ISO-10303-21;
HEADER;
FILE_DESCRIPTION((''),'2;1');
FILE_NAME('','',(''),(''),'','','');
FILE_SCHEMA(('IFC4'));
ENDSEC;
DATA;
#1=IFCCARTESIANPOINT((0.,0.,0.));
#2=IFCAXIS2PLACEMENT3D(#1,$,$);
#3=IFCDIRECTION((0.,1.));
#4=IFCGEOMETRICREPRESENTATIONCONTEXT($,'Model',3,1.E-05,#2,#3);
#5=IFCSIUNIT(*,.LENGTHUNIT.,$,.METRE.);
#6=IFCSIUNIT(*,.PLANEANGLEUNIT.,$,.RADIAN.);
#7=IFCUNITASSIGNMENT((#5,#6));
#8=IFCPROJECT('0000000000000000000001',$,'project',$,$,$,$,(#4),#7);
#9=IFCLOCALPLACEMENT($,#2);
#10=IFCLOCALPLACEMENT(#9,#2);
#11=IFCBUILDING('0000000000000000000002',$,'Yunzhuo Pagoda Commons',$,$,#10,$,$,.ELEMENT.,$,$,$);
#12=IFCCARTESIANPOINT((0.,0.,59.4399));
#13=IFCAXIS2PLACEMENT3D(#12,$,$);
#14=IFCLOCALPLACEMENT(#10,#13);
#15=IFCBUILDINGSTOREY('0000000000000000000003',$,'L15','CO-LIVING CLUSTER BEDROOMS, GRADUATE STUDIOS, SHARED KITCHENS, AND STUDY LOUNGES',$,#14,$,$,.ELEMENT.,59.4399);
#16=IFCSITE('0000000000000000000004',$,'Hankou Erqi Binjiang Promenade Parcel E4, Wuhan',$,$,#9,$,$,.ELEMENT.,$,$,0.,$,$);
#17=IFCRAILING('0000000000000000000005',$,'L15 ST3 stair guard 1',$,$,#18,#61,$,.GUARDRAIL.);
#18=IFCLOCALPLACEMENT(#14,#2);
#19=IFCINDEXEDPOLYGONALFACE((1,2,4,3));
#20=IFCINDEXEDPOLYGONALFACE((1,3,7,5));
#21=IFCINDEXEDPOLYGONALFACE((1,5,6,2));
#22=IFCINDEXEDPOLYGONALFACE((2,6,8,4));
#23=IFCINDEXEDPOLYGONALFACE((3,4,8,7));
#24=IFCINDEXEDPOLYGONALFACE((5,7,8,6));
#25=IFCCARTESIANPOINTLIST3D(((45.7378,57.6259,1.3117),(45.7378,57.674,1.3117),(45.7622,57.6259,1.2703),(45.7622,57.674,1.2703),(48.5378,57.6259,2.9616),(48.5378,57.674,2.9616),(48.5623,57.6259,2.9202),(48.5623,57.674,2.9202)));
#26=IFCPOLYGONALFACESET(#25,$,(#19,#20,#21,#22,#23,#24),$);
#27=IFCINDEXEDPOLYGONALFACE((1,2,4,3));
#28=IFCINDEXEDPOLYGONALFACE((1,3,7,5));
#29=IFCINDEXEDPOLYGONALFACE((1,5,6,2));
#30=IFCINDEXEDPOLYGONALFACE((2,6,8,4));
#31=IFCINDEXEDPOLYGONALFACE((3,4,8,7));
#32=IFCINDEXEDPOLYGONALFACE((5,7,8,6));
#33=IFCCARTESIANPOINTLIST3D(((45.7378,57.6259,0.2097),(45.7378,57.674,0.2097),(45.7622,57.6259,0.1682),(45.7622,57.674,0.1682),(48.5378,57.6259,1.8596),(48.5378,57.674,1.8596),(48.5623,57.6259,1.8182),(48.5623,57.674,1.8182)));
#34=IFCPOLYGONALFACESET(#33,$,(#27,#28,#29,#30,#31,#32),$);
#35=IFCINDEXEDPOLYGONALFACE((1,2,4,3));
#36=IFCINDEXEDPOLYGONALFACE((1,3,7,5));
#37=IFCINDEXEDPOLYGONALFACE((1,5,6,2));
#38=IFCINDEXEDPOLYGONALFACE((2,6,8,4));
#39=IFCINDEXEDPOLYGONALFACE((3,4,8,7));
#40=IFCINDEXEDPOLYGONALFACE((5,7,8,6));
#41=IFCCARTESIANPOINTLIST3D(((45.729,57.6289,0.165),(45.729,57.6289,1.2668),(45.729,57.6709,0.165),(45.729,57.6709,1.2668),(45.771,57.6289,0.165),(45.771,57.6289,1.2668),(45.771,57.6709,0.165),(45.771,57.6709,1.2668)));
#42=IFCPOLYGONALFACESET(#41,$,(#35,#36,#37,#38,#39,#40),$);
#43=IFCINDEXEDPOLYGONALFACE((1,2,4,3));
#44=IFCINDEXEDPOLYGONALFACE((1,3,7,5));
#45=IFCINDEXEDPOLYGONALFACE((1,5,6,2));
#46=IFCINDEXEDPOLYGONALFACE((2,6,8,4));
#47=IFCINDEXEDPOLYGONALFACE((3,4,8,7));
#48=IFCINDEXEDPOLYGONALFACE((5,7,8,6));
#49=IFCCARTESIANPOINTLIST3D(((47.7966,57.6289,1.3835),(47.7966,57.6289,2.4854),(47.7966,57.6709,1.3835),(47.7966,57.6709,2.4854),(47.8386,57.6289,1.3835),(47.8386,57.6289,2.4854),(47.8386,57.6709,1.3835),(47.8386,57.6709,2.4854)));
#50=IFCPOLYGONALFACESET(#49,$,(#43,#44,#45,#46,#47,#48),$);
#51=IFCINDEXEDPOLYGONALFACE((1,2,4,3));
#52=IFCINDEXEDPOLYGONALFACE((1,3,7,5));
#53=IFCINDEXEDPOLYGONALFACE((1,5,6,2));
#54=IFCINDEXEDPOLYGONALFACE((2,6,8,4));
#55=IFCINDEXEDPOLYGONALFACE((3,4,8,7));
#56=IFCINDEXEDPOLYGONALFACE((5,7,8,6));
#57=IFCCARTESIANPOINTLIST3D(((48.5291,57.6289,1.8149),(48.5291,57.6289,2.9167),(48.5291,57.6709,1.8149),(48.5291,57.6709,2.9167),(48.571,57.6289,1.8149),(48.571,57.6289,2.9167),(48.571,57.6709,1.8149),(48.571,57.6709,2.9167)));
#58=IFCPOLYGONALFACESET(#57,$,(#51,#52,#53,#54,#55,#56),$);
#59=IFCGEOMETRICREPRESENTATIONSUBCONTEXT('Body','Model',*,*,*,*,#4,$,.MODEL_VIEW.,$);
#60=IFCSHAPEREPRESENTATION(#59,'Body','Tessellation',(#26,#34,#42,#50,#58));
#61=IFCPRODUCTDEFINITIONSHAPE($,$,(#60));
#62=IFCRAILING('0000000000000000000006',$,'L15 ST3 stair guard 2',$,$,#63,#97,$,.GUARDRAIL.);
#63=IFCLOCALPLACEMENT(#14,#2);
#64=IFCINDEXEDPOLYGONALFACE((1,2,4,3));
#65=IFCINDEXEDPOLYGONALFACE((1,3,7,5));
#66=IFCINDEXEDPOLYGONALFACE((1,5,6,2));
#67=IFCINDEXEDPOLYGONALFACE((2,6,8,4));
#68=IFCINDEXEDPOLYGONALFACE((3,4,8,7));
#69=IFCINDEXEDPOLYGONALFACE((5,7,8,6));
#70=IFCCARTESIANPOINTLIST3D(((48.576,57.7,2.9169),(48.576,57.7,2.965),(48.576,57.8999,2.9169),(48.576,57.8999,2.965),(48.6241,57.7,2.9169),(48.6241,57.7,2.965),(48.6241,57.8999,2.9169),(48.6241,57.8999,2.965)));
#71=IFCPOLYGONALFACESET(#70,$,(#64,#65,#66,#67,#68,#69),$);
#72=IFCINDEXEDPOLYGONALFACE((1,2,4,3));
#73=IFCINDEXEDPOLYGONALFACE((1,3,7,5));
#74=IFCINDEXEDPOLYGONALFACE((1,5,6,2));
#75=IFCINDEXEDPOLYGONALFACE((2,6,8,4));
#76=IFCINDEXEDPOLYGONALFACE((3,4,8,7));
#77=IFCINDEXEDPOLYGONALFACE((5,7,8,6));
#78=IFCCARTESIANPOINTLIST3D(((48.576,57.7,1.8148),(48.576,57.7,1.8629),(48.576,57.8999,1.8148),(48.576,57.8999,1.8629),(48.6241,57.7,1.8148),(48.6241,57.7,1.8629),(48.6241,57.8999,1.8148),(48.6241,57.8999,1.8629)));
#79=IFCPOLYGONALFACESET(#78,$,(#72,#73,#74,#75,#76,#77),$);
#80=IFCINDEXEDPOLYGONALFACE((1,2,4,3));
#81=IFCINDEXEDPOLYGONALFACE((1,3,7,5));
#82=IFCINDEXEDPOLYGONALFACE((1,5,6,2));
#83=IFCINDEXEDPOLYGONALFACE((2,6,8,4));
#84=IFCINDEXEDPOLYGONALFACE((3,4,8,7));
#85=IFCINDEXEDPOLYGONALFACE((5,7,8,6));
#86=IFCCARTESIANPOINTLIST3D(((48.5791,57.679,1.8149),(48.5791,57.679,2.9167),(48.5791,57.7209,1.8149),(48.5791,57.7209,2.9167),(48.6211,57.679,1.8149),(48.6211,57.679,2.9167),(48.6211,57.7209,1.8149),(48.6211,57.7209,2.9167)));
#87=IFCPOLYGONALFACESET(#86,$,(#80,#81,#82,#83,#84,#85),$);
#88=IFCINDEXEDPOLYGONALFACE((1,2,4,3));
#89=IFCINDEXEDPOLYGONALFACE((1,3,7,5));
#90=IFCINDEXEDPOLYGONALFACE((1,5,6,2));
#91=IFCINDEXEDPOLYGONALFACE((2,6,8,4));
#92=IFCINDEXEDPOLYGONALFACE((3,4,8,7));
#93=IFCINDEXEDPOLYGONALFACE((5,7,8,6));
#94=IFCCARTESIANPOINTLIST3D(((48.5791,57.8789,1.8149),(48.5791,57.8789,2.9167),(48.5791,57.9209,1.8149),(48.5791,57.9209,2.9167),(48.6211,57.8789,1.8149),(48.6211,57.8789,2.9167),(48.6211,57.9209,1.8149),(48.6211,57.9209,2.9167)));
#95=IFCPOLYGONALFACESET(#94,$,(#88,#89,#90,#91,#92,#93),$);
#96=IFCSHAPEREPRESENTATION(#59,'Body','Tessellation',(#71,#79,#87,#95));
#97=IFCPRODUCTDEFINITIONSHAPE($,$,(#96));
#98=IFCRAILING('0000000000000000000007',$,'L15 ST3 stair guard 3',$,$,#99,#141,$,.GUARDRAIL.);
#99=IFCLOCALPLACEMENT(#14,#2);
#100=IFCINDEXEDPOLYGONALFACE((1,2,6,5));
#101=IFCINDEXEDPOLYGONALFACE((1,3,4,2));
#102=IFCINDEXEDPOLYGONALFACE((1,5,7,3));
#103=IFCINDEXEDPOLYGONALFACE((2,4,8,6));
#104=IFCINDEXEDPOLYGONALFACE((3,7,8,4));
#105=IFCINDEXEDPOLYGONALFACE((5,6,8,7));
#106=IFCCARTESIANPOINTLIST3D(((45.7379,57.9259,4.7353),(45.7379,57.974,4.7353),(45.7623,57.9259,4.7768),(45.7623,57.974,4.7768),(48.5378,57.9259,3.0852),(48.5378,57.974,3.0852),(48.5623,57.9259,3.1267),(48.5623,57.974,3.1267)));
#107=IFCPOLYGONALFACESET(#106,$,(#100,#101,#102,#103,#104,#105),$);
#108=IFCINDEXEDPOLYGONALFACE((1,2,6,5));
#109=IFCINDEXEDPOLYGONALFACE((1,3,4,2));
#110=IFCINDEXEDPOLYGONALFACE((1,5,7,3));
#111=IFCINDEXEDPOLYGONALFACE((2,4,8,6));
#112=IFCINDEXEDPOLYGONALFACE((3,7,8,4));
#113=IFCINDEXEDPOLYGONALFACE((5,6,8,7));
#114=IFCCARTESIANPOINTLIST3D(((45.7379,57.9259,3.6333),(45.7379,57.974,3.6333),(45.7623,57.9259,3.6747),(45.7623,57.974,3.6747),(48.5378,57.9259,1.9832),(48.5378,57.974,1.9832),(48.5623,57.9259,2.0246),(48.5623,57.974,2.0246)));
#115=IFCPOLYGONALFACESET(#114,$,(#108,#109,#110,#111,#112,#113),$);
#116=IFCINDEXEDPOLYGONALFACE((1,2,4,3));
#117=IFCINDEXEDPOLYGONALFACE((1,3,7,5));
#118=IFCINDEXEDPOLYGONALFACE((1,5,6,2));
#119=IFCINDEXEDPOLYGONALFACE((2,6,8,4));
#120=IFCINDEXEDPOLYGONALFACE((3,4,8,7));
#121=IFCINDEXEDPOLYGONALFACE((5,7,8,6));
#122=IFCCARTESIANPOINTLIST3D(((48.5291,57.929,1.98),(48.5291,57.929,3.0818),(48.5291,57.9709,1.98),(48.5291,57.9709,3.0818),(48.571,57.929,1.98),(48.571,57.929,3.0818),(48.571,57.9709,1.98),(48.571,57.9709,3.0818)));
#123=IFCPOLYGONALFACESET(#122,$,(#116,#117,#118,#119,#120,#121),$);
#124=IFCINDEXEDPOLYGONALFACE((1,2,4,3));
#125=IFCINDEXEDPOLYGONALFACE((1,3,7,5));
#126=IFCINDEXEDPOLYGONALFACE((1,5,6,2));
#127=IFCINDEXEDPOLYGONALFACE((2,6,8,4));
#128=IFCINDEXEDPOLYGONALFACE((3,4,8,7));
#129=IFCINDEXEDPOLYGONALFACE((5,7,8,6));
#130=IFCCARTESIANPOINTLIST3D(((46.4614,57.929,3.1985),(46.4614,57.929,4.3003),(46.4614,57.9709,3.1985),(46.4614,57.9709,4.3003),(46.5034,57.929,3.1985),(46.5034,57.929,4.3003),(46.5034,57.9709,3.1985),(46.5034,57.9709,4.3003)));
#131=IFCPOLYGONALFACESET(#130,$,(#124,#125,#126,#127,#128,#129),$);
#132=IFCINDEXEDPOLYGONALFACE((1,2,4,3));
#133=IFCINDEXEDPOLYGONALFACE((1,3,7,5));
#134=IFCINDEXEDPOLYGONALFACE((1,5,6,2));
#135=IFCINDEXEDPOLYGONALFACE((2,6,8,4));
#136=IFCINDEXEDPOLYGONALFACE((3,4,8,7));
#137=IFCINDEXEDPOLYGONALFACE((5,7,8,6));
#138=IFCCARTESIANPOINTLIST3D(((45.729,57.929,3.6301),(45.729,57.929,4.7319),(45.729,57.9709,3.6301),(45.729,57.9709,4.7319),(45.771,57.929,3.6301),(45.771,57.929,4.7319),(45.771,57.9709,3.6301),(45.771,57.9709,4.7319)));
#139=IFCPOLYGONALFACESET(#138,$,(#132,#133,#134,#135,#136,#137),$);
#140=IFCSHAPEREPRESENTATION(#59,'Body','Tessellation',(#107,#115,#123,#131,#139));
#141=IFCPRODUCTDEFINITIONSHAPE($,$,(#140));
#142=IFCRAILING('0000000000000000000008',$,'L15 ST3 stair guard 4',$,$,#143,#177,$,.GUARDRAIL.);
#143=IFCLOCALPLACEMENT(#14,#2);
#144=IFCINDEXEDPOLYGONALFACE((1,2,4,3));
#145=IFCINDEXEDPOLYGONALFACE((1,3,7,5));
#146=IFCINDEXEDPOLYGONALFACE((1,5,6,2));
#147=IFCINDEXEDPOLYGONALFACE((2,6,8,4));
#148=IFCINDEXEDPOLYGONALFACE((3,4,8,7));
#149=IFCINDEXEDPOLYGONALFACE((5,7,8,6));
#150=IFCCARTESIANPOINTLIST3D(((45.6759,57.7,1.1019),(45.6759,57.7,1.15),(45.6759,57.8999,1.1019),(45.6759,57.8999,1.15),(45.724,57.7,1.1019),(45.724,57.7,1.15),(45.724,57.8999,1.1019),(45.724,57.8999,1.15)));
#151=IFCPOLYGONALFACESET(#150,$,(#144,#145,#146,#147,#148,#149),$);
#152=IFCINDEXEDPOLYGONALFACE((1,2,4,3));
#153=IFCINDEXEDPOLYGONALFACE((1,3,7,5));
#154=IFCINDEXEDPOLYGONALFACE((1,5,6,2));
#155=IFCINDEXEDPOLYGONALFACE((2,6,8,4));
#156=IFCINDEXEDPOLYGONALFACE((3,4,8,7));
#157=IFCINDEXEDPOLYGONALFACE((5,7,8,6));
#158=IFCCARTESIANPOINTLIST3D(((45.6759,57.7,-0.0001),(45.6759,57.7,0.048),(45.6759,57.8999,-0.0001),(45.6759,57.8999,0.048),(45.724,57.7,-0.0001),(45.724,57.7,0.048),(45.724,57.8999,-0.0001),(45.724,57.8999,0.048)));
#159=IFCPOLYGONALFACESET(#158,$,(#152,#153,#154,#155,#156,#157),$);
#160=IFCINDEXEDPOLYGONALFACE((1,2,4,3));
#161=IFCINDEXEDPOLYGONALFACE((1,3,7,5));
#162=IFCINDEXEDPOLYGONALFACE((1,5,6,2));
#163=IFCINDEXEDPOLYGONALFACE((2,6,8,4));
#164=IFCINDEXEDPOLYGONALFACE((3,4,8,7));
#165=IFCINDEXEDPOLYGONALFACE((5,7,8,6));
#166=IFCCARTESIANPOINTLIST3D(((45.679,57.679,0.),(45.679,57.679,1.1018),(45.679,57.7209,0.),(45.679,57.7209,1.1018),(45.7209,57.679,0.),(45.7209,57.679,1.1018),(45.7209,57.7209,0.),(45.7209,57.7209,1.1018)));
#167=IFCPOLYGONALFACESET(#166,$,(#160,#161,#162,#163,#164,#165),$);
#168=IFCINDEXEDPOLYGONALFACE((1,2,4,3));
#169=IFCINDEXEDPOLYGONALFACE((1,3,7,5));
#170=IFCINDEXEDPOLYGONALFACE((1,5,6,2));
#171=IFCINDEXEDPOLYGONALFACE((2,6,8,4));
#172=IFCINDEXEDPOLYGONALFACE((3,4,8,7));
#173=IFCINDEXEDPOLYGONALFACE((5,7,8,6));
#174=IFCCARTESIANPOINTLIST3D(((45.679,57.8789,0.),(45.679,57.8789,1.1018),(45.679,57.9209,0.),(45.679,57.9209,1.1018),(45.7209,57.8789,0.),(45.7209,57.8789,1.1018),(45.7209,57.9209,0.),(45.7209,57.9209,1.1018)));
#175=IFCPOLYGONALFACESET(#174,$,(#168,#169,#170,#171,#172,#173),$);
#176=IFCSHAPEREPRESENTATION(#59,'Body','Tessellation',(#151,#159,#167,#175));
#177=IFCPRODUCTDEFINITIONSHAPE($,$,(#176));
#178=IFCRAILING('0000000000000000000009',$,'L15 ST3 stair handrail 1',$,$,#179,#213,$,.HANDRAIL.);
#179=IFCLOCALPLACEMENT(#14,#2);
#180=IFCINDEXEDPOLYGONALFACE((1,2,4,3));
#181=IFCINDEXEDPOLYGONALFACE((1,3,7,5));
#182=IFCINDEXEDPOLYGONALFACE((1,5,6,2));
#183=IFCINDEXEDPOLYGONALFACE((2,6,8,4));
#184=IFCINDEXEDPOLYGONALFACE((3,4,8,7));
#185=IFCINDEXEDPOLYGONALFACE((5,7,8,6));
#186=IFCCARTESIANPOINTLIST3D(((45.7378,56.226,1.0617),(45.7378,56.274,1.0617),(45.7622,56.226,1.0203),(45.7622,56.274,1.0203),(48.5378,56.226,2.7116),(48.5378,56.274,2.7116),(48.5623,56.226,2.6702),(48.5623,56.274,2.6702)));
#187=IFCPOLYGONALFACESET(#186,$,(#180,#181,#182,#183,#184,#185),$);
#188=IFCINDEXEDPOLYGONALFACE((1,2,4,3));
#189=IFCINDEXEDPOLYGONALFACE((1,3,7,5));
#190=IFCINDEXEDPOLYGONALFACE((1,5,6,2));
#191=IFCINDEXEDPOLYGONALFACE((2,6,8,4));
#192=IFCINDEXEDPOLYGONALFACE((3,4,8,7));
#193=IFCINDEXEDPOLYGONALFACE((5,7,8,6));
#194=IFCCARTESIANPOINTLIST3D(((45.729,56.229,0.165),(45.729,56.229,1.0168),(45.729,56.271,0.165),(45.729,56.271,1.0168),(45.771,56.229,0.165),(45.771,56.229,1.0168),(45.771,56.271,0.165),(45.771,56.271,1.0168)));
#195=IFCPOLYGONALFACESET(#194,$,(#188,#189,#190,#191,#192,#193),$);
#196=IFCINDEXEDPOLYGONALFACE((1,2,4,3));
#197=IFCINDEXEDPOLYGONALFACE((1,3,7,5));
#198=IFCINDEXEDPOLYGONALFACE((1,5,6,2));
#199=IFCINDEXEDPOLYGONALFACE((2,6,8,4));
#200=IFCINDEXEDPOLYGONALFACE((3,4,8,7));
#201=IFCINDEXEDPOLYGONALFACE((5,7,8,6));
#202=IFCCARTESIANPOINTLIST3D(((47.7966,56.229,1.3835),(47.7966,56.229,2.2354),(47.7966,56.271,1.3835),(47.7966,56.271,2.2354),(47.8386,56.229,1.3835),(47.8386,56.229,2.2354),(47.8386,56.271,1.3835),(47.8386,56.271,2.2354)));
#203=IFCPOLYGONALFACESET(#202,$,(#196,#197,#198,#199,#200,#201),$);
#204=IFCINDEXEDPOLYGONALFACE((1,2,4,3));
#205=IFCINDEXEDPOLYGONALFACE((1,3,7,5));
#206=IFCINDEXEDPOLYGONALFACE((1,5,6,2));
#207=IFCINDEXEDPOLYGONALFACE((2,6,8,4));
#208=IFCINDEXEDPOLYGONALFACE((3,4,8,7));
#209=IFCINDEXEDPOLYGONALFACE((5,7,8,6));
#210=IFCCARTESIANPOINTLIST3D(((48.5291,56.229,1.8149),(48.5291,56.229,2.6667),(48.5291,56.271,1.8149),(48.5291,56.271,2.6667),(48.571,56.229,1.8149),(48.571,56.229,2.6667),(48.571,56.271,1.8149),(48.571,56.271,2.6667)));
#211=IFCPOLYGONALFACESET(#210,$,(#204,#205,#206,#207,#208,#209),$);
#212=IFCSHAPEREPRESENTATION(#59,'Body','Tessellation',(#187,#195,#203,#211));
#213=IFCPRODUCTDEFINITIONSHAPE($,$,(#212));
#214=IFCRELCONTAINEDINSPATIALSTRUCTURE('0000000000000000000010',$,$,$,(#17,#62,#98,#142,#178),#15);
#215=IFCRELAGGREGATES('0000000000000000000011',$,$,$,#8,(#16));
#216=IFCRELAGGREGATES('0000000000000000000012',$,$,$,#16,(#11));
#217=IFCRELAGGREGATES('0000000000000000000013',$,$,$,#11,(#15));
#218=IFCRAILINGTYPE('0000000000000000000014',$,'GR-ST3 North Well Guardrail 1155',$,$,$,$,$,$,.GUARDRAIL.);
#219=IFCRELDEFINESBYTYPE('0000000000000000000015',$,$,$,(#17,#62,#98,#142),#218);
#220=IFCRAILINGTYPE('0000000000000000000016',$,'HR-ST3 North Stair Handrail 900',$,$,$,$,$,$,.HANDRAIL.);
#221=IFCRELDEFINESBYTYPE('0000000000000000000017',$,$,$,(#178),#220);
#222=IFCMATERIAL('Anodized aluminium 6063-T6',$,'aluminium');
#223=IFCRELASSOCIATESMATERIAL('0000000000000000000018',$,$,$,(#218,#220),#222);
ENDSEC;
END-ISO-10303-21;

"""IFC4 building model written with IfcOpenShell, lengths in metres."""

from ifc_helpers import new_model, si_unit, direction, frame, origin, origin_2d, place, context, subcontext, project, spatial, rectangle, extrude, material, type_object, element, save


model = new_model("IFC4")

# Units and contexts
model_context = context("Model", 3, precision=1e-05, world=origin(), true_north=direction((0.0, 1.0)))
body_context = subcontext(model_context, "Body", "Model", "MODEL_VIEW")
ifc_project = project(units=[si_unit("LENGTHUNIT", "METRE"), si_unit("PLANEANGLEUNIT", "RADIAN")], contexts=[model_context])

# Site, building, storey
site_placement = place(None, origin())
site = spatial("IfcSite", under=ifc_project, at=site_placement, Name="Hankou Erqi Binjiang Promenade Parcel E4, Wuhan", CompositionType="ELEMENT", RefElevation=0.0)
building_placement = place(site_placement, origin())
building = spatial("IfcBuilding", under=site, at=building_placement, Name="Yunzhuo Pagoda Commons", CompositionType="ELEMENT")
storey_placement = place(building_placement, frame((0.0, 0.0, 59.4399)))
storey = spatial("IfcBuildingStorey", under=building, at=storey_placement, Name="L15", Description="CO-LIVING CLUSTER BEDROOMS, GRADUATE STUDIOS, SHARED KITCHENS, AND STUDY LOUNGES", CompositionType="ELEMENT", Elevation=59.4399)

# Shared definitions
ifc_material_1 = material(Name="Anodized aluminium 6063-T6", Category="aluminium")

# Railings
railing_type_1 = type_object("IfcRailingType", Name="GR-ST3 North Well Guardrail 1155", PredefinedType="GUARDRAIL", material=ifc_material_1)
railing_1_placement = place(storey_placement, frame((45.75, 57.6499, 0.165)))
element("IfcRailing", 1, at=railing_1_placement, inside=storey, type_object=railing_type_1, Name="L15 ST3 stair guard 1", PredefinedType="GUARDRAIL", context=body_context, shape_type="SweptSolid", body=[
    extrude(rectangle(XDim=0.0481, YDim=0.0481, at=origin_2d()), frame((0.0, 0.0, 1.126), z_axis=(0.861555, 0.0, 0.507663), x_axis=(0.0, 1.0, 0.0)), (0.0, 0.0, 1.0), 3.25),
    extrude(rectangle(XDim=0.0481, YDim=0.0481, at=origin_2d()), frame((0.0, 0.0, 0.0239), z_axis=(0.861555, 0.0, 0.507663), x_axis=(0.0, 1.0, 0.0)), (0.0, 0.0, 1.0), 3.25),
    extrude(rectangle(XDim=0.042, YDim=0.042, at=origin_2d()), origin(), (0.0, 0.0, 1.0), 1.1018),
    extrude(rectangle(XDim=0.042, YDim=0.042, at=origin_2d()), frame((2.0676, 0.0, 1.2185)), (0.0, 0.0, 1.0), 1.1018),
    extrude(rectangle(XDim=0.042, YDim=0.042, at=origin_2d()), frame((2.8, 0.0, 1.6499)), (0.0, 0.0, 1.0), 1.1018),
])
railing_2_placement = place(storey_placement, frame((48.6001, 57.7, 1.8149)))
element("IfcRailing", 2, at=railing_2_placement, inside=storey, type_object=railing_type_1, Name="L15 ST3 stair guard 2", PredefinedType="GUARDRAIL", context=body_context, shape_type="SweptSolid", body=[
    extrude(rectangle(XDim=0.0481, YDim=0.0481, at=origin_2d()), frame((0.0, 0.0, 1.126), z_axis=(0.0, 1.0, 0.0), x_axis=(-1.0, 0.0, 0.0)), (0.0, 0.0, 1.0), 0.2),
    extrude(rectangle(XDim=0.0481, YDim=0.0481, at=origin_2d()), frame((0.0, 0.0, 0.0239), z_axis=(0.0, 1.0, 0.0), x_axis=(-1.0, 0.0, 0.0)), (0.0, 0.0, 1.0), 0.2),
    extrude(rectangle(XDim=0.042, YDim=0.042, at=origin_2d()), origin(), (0.0, 0.0, 1.0), 1.1018),
    extrude(rectangle(XDim=0.042, YDim=0.042, at=origin_2d()), frame((0.0, 0.2, 0.0)), (0.0, 0.0, 1.0), 1.1018),
])
railing_3_placement = place(storey_placement, frame((48.55, 57.95, 1.98)))
element("IfcRailing", 3, at=railing_3_placement, inside=storey, type_object=railing_type_1, Name="L15 ST3 stair guard 3", PredefinedType="GUARDRAIL", context=body_context, shape_type="SweptSolid", body=[
    extrude(rectangle(XDim=0.0481, YDim=0.0481, at=origin_2d()), frame((0.0, 0.0, 1.126), z_axis=(-0.861523, 0.0, 0.507719), x_axis=(0.0, -1.0, 0.0)), (0.0, 0.0, 1.0), 3.25),
    extrude(rectangle(XDim=0.0481, YDim=0.0481, at=origin_2d()), frame((0.0, 0.0, 0.0239), z_axis=(-0.861523, 0.0, 0.507719), x_axis=(0.0, -1.0, 0.0)), (0.0, 0.0, 1.0), 3.25),
    extrude(rectangle(XDim=0.042, YDim=0.042, at=origin_2d()), origin(), (0.0, 0.0, 1.0), 1.1018),
    extrude(rectangle(XDim=0.042, YDim=0.042, at=origin_2d()), frame((-2.0676, 0.0, 1.2185)), (0.0, 0.0, 1.0), 1.1018),
    extrude(rectangle(XDim=0.042, YDim=0.042, at=origin_2d()), frame((-2.8, 0.0, 1.6501)), (0.0, 0.0, 1.0), 1.1018),
])
railing_4_placement = place(storey_placement, frame((45.7, 57.7, 0.0)))
element("IfcRailing", 4, at=railing_4_placement, inside=storey, type_object=railing_type_1, Name="L15 ST3 stair guard 4", PredefinedType="GUARDRAIL", context=body_context, shape_type="SweptSolid", body=[
    extrude(rectangle(XDim=0.0481, YDim=0.0481, at=origin_2d()), frame((0.0, 0.0, 1.126), z_axis=(0.0, 1.0, 0.0), x_axis=(-1.0, 0.0, 0.0)), (0.0, 0.0, 1.0), 0.2),
    extrude(rectangle(XDim=0.0481, YDim=0.0481, at=origin_2d()), frame((0.0, 0.0, 0.0239), z_axis=(0.0, 1.0, 0.0), x_axis=(-1.0, 0.0, 0.0)), (0.0, 0.0, 1.0), 0.2),
    extrude(rectangle(XDim=0.042, YDim=0.042, at=origin_2d()), origin(), (0.0, 0.0, 1.0), 1.1018),
    extrude(rectangle(XDim=0.042, YDim=0.042, at=origin_2d()), frame((0.0, 0.2, 0.0)), (0.0, 0.0, 1.0), 1.1018),
])
railing_type_2 = type_object("IfcRailingType", Name="HR-ST3 North Stair Handrail 900", PredefinedType="HANDRAIL", material=ifc_material_1)
railing_5_placement = place(storey_placement, frame((45.75, 56.25, 0.165)))
element("IfcRailing", 5, at=railing_5_placement, inside=storey, type_object=railing_type_2, Name="L15 ST3 stair handrail 1", PredefinedType="HANDRAIL", context=body_context, shape_type="SweptSolid", body=[
    extrude(rectangle(XDim=0.0481, YDim=0.0481, at=origin_2d()), frame((0.0, 0.0, 0.876), z_axis=(0.861555, 0.0, 0.507663), x_axis=(0.0, 1.0, 0.0)), (0.0, 0.0, 1.0), 3.25),
    extrude(rectangle(XDim=0.042, YDim=0.042, at=origin_2d()), origin(), (0.0, 0.0, 1.0), 0.8518),
    extrude(rectangle(XDim=0.042, YDim=0.042, at=origin_2d()), frame((2.0676, 0.0, 1.2185)), (0.0, 0.0, 1.0), 0.8518),
    extrude(rectangle(XDim=0.042, YDim=0.042, at=origin_2d()), frame((2.8, 0.0, 1.6499)), (0.0, 0.0, 1.0), 0.8518),
])

save(model, "model.ifc")
